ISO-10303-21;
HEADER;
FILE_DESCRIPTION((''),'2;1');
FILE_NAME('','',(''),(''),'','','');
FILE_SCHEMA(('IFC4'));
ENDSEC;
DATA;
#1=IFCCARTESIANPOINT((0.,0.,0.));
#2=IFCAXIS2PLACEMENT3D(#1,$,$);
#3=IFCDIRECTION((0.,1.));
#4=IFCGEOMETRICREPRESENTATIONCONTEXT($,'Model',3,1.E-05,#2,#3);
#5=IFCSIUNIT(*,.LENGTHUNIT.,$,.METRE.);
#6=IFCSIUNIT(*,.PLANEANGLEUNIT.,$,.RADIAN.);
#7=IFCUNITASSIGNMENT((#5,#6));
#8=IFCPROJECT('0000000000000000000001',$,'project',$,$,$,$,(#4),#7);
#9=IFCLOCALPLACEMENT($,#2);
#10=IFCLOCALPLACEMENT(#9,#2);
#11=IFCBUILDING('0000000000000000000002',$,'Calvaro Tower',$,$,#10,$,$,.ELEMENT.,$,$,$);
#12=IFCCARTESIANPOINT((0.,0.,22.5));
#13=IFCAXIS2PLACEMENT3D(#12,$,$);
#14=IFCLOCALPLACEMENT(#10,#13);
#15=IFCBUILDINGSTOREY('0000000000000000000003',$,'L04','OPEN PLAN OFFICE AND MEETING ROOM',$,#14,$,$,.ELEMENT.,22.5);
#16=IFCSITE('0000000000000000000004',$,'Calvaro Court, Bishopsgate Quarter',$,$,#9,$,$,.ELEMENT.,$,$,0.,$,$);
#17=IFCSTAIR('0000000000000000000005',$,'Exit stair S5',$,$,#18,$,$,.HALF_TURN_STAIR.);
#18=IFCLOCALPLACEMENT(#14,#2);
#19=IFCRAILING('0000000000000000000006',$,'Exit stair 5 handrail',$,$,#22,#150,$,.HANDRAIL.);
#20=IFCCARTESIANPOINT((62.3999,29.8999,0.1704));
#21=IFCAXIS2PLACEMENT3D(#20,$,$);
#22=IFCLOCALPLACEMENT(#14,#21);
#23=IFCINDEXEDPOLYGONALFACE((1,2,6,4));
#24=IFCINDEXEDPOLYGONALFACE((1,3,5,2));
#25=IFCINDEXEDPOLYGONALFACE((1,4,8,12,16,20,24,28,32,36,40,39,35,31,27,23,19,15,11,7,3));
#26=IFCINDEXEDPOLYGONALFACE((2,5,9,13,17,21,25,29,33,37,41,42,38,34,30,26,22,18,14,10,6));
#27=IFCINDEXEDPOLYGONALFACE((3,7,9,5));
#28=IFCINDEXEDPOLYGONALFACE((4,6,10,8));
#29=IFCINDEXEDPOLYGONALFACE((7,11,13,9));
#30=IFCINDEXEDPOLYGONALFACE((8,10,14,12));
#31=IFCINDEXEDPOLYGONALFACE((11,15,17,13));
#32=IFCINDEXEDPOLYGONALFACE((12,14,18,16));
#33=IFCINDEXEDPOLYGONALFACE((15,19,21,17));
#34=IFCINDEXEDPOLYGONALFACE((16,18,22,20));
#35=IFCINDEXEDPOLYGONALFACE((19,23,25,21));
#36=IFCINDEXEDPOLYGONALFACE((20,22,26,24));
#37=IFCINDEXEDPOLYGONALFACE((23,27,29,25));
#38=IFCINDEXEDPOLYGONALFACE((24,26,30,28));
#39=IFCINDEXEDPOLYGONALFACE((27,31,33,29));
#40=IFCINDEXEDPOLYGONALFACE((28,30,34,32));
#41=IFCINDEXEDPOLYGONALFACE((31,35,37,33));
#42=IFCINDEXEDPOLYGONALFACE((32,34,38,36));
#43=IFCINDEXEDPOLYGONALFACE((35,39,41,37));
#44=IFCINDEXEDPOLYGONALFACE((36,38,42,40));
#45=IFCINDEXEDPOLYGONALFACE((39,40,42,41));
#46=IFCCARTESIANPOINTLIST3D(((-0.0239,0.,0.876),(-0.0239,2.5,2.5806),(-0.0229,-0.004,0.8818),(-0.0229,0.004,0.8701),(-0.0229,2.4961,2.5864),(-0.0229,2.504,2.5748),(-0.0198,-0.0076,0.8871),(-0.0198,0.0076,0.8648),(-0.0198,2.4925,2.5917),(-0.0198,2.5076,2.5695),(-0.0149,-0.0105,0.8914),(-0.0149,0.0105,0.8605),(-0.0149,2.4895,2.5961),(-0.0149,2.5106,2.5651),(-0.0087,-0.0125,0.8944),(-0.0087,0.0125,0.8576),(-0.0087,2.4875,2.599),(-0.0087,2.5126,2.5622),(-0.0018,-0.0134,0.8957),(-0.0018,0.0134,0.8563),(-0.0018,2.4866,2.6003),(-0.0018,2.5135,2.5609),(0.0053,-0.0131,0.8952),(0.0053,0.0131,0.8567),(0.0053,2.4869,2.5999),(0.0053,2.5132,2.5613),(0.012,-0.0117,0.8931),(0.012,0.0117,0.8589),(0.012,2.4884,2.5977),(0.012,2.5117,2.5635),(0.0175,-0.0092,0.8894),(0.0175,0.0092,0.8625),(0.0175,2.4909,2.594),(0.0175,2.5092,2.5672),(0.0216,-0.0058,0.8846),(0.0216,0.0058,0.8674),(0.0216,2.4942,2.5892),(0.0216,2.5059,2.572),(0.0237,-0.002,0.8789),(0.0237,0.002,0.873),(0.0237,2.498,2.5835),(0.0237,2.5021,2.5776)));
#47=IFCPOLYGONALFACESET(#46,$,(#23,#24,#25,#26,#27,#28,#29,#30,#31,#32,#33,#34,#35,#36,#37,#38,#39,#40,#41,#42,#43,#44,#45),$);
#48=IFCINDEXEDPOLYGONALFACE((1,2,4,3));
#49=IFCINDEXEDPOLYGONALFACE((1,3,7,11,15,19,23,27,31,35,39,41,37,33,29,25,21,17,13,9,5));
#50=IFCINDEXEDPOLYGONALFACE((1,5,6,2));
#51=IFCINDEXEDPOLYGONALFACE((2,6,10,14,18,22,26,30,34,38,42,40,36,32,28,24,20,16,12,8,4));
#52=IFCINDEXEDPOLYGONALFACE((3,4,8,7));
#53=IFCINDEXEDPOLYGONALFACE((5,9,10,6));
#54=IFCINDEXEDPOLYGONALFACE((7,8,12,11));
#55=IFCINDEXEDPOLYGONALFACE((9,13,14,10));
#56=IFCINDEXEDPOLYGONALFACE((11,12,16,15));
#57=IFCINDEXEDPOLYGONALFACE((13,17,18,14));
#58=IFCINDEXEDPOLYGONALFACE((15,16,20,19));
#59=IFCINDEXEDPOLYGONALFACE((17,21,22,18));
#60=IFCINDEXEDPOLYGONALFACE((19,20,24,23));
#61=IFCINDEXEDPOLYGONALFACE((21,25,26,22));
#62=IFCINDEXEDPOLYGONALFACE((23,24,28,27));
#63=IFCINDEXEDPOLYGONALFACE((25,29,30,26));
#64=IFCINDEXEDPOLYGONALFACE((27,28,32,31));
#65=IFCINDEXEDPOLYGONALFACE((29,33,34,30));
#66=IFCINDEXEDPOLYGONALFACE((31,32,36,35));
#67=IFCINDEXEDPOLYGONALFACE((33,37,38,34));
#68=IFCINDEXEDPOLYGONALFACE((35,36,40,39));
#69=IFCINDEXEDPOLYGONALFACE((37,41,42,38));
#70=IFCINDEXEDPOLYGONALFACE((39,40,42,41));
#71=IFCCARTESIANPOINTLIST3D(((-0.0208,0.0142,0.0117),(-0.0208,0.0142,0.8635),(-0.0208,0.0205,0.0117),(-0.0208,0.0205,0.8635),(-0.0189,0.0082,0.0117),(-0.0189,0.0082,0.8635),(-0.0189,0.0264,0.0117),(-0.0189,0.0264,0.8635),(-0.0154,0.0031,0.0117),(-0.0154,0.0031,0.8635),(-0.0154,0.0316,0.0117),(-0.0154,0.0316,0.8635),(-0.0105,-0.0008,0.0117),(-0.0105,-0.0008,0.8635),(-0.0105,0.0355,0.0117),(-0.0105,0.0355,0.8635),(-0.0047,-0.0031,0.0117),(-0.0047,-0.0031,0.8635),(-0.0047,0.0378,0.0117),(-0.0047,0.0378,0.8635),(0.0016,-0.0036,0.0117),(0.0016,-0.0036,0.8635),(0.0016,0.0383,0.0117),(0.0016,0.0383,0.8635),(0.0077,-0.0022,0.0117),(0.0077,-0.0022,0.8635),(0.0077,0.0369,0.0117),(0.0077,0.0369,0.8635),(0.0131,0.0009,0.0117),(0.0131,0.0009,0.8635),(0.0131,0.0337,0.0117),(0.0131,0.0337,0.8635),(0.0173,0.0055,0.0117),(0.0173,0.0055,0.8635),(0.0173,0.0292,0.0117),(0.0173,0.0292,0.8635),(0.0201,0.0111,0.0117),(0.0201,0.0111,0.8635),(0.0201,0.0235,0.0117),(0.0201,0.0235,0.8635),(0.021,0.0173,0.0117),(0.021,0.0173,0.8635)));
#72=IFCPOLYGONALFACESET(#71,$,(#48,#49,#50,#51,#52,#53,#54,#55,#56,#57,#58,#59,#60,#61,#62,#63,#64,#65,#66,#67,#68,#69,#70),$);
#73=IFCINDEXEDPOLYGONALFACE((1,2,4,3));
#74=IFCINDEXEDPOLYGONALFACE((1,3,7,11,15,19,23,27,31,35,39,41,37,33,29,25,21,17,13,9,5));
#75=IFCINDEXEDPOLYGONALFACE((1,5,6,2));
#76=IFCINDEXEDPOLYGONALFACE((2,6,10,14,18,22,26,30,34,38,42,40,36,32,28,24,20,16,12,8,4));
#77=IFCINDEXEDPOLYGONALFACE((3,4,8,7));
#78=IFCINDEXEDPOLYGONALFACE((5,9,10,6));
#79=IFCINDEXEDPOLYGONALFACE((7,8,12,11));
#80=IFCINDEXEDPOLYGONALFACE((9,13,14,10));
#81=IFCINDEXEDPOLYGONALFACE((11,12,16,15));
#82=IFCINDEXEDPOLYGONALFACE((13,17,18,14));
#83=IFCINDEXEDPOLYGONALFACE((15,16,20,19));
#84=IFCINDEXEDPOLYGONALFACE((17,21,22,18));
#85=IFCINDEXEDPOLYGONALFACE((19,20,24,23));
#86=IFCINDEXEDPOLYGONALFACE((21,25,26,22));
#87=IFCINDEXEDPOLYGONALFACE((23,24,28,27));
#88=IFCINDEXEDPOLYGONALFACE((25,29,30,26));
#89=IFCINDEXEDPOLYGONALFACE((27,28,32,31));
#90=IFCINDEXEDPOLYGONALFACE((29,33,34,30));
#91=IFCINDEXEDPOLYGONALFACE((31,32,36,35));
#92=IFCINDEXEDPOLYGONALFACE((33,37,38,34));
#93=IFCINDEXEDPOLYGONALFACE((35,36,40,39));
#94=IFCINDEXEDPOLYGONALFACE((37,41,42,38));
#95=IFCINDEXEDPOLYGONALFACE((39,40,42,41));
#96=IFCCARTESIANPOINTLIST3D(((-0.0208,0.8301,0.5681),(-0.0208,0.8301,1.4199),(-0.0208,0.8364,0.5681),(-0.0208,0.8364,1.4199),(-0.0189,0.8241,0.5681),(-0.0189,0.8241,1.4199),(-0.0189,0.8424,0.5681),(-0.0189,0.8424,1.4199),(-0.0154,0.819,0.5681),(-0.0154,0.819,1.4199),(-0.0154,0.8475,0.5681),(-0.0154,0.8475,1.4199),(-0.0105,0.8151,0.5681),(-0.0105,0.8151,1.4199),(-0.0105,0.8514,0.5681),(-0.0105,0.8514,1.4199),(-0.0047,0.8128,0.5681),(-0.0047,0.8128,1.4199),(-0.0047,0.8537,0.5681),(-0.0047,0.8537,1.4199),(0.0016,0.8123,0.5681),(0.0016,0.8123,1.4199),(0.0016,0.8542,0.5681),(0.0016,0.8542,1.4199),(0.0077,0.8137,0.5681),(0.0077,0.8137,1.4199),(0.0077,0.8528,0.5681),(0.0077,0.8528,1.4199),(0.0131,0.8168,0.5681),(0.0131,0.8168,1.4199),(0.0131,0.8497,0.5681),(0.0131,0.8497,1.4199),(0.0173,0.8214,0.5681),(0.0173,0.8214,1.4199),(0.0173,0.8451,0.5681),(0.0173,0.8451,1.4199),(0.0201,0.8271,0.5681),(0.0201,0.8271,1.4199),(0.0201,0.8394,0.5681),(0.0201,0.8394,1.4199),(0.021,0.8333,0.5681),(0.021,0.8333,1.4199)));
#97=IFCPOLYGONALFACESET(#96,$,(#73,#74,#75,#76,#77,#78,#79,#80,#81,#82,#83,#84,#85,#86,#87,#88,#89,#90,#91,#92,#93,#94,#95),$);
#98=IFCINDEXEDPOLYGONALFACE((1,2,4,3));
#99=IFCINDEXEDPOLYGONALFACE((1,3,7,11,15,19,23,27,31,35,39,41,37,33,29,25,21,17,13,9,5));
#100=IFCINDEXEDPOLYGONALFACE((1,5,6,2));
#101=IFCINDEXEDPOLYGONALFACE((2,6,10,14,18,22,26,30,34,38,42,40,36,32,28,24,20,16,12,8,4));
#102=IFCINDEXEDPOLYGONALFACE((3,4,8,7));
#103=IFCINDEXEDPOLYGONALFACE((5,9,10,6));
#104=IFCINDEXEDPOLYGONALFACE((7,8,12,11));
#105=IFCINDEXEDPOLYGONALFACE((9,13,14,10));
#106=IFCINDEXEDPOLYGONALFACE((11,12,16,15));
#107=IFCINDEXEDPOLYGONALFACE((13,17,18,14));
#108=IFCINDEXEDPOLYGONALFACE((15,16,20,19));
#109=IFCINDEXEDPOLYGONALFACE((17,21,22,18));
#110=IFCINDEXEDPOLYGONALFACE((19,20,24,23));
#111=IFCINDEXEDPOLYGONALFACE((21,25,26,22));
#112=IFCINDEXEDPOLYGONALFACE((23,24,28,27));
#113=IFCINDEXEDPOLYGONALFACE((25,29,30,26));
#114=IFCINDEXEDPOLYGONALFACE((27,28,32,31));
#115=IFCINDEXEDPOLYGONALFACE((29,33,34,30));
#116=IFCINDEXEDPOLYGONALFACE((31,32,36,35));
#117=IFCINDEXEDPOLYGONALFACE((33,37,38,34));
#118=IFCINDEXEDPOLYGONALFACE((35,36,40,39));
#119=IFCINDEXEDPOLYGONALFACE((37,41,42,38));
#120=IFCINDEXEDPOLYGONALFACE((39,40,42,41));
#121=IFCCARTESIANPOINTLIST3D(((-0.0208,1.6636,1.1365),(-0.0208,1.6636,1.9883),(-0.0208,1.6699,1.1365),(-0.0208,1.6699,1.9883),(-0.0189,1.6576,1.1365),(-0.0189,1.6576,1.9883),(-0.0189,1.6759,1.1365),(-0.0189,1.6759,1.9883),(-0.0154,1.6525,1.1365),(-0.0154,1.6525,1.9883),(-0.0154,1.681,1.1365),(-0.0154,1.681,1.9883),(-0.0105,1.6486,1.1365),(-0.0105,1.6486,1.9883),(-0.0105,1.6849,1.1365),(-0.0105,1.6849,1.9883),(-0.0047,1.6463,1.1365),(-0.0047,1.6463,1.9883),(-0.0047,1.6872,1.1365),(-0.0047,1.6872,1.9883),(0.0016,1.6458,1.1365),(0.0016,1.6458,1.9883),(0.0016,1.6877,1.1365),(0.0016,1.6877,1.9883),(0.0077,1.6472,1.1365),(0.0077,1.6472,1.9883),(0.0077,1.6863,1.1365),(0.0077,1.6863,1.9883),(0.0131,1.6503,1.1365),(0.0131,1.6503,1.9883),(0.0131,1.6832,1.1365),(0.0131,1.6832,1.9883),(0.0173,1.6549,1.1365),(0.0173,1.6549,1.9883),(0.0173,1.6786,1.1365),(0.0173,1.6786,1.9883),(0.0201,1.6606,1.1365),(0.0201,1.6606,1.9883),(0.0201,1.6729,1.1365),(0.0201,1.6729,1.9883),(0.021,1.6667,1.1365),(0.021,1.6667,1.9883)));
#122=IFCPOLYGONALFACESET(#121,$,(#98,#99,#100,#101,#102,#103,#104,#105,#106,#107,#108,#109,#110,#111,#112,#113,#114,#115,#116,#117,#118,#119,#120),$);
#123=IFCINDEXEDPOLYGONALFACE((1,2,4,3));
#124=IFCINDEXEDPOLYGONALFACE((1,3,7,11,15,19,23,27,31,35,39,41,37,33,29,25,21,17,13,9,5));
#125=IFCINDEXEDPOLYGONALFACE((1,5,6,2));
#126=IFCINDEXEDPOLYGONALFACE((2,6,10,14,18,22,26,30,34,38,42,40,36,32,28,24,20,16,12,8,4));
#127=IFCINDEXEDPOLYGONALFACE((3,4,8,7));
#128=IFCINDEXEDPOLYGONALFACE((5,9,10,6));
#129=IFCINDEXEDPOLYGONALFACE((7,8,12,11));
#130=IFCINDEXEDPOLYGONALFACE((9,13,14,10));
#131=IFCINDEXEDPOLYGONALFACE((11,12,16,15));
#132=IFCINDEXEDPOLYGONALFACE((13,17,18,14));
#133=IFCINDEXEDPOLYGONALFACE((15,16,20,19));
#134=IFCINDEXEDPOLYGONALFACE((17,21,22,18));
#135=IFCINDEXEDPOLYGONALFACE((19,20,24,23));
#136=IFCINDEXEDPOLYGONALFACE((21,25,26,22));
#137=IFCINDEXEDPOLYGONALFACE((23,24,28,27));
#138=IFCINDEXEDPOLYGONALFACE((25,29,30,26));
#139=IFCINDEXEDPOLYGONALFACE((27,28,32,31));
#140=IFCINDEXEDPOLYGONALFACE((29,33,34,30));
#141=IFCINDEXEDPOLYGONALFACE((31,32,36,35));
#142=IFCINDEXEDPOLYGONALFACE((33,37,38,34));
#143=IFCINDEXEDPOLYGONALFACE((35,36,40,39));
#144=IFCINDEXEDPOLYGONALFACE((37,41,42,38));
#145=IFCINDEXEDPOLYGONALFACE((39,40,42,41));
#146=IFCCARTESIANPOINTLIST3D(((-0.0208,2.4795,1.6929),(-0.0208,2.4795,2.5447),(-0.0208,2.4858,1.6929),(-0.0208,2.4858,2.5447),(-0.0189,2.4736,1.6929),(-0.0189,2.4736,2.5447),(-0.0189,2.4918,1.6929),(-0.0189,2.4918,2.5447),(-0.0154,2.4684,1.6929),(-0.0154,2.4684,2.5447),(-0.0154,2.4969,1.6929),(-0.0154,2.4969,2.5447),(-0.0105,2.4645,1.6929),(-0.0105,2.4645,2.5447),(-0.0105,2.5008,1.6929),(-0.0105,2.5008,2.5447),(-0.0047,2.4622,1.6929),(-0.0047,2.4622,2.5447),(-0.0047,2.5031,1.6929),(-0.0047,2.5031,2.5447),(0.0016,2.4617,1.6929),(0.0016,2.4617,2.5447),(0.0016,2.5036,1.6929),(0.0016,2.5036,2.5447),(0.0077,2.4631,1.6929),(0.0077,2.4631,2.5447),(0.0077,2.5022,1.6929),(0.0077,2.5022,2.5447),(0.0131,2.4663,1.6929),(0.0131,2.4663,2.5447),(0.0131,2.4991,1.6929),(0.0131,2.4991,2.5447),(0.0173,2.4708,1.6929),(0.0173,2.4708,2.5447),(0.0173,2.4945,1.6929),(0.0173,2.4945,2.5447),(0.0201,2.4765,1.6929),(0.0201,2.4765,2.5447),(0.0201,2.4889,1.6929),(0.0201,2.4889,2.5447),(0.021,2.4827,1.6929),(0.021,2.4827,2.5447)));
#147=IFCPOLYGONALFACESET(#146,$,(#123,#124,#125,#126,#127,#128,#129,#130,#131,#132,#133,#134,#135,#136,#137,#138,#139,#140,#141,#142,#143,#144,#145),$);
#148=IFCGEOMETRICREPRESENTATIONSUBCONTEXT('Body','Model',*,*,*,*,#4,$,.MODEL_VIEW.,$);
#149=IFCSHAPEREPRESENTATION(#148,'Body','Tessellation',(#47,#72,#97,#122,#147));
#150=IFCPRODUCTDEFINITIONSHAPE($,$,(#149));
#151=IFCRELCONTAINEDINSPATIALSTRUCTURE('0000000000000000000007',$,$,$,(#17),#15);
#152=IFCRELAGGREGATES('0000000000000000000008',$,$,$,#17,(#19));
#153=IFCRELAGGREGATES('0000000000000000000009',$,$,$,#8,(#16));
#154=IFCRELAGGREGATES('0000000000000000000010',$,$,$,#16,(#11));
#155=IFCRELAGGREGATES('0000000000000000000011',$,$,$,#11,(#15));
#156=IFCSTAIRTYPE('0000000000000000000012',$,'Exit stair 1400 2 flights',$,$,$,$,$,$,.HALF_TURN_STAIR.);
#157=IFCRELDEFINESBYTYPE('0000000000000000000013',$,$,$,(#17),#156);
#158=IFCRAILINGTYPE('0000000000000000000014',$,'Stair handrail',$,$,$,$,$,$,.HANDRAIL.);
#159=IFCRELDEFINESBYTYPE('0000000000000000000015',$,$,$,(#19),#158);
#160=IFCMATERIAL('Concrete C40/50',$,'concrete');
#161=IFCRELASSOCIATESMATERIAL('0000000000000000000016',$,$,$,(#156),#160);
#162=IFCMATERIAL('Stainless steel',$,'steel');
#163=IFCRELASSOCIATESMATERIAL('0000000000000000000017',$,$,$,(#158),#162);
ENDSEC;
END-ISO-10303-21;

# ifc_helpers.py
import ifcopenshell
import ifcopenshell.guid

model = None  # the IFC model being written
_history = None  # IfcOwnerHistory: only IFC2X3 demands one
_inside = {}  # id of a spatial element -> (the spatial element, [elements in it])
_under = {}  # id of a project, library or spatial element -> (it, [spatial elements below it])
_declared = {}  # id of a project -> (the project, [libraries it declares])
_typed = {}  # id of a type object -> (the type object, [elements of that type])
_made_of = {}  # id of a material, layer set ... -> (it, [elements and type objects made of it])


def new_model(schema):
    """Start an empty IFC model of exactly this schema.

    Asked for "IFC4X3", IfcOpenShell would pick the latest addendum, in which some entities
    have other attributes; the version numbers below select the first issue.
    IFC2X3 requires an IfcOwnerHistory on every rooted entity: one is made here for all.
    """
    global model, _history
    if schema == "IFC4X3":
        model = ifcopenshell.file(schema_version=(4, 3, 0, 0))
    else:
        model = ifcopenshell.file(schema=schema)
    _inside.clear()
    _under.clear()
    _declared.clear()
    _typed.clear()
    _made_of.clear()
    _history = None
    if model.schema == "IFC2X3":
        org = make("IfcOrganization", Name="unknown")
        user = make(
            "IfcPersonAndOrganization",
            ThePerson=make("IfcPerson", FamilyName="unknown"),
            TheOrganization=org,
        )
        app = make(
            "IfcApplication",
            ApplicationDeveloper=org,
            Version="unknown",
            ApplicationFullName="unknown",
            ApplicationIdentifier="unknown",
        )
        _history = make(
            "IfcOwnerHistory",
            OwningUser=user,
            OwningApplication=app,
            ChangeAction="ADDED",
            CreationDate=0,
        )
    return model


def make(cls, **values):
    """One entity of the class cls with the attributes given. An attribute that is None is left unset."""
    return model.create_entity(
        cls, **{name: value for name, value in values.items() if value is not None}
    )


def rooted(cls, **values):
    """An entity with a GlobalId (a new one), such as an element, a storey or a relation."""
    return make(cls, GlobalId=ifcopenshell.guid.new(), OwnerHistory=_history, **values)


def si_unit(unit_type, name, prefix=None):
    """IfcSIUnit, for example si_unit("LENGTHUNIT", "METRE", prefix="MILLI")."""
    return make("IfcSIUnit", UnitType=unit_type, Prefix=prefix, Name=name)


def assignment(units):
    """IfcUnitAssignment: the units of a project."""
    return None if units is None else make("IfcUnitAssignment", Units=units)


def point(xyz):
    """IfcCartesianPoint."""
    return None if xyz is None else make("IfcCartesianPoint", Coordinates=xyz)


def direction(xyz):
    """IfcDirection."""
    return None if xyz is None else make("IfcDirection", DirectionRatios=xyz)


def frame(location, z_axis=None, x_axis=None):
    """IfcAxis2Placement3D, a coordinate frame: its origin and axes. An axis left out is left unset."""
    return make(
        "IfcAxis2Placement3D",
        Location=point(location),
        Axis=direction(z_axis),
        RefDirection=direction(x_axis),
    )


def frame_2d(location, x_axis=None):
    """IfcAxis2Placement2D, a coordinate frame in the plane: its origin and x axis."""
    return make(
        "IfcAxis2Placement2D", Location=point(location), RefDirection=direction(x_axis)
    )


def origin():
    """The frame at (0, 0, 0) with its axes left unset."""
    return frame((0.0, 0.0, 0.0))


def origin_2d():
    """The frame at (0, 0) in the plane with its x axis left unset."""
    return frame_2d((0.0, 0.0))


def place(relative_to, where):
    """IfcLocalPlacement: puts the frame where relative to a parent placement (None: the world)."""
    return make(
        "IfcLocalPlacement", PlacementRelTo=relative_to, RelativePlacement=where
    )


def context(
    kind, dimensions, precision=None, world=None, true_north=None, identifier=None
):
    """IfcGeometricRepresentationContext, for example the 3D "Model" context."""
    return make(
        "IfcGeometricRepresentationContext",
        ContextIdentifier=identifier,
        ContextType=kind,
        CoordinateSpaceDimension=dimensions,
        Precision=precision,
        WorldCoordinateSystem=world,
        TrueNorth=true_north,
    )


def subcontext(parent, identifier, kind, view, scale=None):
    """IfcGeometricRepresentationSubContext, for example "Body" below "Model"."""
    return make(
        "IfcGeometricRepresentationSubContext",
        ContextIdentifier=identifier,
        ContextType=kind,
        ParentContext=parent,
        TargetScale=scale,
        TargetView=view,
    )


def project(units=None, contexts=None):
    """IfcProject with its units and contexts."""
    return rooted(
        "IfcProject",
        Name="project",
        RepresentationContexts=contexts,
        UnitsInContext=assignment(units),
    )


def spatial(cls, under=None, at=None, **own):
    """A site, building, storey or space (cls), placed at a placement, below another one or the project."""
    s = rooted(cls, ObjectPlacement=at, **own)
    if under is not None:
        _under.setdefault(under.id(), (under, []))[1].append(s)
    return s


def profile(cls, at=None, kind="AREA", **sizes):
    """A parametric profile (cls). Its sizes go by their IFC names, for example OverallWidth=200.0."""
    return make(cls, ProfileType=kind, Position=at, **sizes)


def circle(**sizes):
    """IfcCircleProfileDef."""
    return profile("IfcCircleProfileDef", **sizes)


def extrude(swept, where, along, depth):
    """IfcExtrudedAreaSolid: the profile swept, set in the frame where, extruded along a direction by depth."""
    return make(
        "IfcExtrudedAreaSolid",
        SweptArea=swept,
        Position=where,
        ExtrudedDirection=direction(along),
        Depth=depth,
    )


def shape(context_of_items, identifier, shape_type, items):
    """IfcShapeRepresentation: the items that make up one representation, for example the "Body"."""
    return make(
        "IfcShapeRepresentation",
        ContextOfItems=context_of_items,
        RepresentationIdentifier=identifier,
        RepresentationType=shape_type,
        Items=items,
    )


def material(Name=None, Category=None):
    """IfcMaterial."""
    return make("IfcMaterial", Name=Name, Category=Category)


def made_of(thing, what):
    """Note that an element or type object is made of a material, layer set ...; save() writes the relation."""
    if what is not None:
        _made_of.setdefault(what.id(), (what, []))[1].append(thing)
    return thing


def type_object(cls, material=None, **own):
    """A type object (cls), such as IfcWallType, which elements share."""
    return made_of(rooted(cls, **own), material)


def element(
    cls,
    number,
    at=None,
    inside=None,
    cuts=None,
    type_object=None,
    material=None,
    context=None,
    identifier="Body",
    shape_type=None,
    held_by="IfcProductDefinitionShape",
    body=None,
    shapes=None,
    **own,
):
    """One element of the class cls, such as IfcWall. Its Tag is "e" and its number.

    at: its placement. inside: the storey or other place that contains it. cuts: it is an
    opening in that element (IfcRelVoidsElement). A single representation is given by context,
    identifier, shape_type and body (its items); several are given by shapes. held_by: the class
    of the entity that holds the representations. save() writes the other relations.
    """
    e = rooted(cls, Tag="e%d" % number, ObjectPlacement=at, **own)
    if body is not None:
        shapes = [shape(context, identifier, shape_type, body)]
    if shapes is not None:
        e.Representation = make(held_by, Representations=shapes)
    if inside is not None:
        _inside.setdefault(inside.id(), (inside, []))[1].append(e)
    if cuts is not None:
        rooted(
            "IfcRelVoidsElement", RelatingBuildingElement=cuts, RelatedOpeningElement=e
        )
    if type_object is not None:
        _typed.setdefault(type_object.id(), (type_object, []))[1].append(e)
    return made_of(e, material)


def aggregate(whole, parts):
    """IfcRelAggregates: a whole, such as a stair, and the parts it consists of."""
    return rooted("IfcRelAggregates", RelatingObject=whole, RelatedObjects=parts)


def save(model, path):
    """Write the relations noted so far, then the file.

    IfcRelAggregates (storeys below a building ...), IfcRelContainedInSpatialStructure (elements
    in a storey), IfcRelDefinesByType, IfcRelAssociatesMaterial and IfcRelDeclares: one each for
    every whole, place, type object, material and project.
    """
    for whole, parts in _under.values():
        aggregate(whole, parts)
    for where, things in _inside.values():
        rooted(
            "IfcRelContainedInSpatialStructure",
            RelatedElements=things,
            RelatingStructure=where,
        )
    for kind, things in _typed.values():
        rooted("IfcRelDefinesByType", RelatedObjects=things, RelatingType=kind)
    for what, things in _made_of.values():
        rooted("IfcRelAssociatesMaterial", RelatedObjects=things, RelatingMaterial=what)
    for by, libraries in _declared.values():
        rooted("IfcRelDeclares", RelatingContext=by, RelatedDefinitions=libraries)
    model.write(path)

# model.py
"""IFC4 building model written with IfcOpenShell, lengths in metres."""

from ifc_helpers import new_model, si_unit, direction, frame, origin, origin_2d, place, context, subcontext, project, spatial, circle, extrude, material, type_object, element, aggregate, save


model = new_model("IFC4")

# Units and contexts
model_context = context("Model", 3, precision=1e-05, world=origin(), true_north=direction((0.0, 1.0)))
body_context = subcontext(model_context, "Body", "Model", "MODEL_VIEW")
ifc_project = project(units=[si_unit("LENGTHUNIT", "METRE"), si_unit("PLANEANGLEUNIT", "RADIAN")], contexts=[model_context])

# Site, building, storey
site_placement = place(None, origin())
site = spatial("IfcSite", under=ifc_project, at=site_placement, Name="Calvaro Court, Bishopsgate Quarter", CompositionType="ELEMENT", RefElevation=0.0)
building_placement = place(site_placement, origin())
building = spatial("IfcBuilding", under=site, at=building_placement, Name="Calvaro Tower", CompositionType="ELEMENT")
storey_placement = place(building_placement, frame((0.0, 0.0, 22.5)))
storey = spatial("IfcBuildingStorey", under=building, at=storey_placement, Name="L04", Description="OPEN PLAN OFFICE AND MEETING ROOM", CompositionType="ELEMENT", Elevation=22.5)

# Stair
ifc_material_1 = material(Name="Concrete C40/50", Category="concrete")
stair_type = type_object("IfcStairType", Name="Exit stair 1400 2 flights", PredefinedType="HALF_TURN_STAIR", material=ifc_material_1)
stair_1_placement = place(storey_placement, origin())
stair_1 = element("IfcStair", 1, at=stair_1_placement, inside=storey, type_object=stair_type, Name="Exit stair S5", PredefinedType="HALF_TURN_STAIR")

# Shared definitions
ifc_material_2 = material(Name="Stainless steel", Category="steel")
railing_type = type_object("IfcRailingType", Name="Stair handrail", PredefinedType="HANDRAIL", material=ifc_material_2)

# Railing
railing_1_placement = place(storey_placement, frame((62.3999, 29.8999, 0.1704)))
railing_1 = element("IfcRailing", 2, at=railing_1_placement, type_object=railing_type, Name="Exit stair 5 handrail", PredefinedType="HANDRAIL", context=body_context, shape_type="SweptSolid", body=[
    extrude(circle(Radius=0.0239, at=origin_2d()), frame((0.0, 0.0, 0.876), z_axis=(0.0, 0.826221, 0.563347), x_axis=(-1.0, 0.0, 0.0)), (0.0, 0.0, 1.0), 3.0259),
    extrude(circle(Radius=0.021, at=origin_2d()), frame((0.0, 0.0173, 0.0117)), (0.0, 0.0, 1.0), 0.8518),
    extrude(circle(Radius=0.021, at=origin_2d()), frame((0.0, 0.8333, 0.5681)), (0.0, 0.0, 1.0), 0.8518),
    extrude(circle(Radius=0.021, at=origin_2d()), frame((0.0, 1.6667, 1.1365)), (0.0, 0.0, 1.0), 0.8518),
    extrude(circle(Radius=0.021, at=origin_2d()), frame((0.0, 2.4827, 1.6929)), (0.0, 0.0, 1.0), 0.8518),
])
aggregate(stair_1, [railing_1])

save(model, "model.ifc")
